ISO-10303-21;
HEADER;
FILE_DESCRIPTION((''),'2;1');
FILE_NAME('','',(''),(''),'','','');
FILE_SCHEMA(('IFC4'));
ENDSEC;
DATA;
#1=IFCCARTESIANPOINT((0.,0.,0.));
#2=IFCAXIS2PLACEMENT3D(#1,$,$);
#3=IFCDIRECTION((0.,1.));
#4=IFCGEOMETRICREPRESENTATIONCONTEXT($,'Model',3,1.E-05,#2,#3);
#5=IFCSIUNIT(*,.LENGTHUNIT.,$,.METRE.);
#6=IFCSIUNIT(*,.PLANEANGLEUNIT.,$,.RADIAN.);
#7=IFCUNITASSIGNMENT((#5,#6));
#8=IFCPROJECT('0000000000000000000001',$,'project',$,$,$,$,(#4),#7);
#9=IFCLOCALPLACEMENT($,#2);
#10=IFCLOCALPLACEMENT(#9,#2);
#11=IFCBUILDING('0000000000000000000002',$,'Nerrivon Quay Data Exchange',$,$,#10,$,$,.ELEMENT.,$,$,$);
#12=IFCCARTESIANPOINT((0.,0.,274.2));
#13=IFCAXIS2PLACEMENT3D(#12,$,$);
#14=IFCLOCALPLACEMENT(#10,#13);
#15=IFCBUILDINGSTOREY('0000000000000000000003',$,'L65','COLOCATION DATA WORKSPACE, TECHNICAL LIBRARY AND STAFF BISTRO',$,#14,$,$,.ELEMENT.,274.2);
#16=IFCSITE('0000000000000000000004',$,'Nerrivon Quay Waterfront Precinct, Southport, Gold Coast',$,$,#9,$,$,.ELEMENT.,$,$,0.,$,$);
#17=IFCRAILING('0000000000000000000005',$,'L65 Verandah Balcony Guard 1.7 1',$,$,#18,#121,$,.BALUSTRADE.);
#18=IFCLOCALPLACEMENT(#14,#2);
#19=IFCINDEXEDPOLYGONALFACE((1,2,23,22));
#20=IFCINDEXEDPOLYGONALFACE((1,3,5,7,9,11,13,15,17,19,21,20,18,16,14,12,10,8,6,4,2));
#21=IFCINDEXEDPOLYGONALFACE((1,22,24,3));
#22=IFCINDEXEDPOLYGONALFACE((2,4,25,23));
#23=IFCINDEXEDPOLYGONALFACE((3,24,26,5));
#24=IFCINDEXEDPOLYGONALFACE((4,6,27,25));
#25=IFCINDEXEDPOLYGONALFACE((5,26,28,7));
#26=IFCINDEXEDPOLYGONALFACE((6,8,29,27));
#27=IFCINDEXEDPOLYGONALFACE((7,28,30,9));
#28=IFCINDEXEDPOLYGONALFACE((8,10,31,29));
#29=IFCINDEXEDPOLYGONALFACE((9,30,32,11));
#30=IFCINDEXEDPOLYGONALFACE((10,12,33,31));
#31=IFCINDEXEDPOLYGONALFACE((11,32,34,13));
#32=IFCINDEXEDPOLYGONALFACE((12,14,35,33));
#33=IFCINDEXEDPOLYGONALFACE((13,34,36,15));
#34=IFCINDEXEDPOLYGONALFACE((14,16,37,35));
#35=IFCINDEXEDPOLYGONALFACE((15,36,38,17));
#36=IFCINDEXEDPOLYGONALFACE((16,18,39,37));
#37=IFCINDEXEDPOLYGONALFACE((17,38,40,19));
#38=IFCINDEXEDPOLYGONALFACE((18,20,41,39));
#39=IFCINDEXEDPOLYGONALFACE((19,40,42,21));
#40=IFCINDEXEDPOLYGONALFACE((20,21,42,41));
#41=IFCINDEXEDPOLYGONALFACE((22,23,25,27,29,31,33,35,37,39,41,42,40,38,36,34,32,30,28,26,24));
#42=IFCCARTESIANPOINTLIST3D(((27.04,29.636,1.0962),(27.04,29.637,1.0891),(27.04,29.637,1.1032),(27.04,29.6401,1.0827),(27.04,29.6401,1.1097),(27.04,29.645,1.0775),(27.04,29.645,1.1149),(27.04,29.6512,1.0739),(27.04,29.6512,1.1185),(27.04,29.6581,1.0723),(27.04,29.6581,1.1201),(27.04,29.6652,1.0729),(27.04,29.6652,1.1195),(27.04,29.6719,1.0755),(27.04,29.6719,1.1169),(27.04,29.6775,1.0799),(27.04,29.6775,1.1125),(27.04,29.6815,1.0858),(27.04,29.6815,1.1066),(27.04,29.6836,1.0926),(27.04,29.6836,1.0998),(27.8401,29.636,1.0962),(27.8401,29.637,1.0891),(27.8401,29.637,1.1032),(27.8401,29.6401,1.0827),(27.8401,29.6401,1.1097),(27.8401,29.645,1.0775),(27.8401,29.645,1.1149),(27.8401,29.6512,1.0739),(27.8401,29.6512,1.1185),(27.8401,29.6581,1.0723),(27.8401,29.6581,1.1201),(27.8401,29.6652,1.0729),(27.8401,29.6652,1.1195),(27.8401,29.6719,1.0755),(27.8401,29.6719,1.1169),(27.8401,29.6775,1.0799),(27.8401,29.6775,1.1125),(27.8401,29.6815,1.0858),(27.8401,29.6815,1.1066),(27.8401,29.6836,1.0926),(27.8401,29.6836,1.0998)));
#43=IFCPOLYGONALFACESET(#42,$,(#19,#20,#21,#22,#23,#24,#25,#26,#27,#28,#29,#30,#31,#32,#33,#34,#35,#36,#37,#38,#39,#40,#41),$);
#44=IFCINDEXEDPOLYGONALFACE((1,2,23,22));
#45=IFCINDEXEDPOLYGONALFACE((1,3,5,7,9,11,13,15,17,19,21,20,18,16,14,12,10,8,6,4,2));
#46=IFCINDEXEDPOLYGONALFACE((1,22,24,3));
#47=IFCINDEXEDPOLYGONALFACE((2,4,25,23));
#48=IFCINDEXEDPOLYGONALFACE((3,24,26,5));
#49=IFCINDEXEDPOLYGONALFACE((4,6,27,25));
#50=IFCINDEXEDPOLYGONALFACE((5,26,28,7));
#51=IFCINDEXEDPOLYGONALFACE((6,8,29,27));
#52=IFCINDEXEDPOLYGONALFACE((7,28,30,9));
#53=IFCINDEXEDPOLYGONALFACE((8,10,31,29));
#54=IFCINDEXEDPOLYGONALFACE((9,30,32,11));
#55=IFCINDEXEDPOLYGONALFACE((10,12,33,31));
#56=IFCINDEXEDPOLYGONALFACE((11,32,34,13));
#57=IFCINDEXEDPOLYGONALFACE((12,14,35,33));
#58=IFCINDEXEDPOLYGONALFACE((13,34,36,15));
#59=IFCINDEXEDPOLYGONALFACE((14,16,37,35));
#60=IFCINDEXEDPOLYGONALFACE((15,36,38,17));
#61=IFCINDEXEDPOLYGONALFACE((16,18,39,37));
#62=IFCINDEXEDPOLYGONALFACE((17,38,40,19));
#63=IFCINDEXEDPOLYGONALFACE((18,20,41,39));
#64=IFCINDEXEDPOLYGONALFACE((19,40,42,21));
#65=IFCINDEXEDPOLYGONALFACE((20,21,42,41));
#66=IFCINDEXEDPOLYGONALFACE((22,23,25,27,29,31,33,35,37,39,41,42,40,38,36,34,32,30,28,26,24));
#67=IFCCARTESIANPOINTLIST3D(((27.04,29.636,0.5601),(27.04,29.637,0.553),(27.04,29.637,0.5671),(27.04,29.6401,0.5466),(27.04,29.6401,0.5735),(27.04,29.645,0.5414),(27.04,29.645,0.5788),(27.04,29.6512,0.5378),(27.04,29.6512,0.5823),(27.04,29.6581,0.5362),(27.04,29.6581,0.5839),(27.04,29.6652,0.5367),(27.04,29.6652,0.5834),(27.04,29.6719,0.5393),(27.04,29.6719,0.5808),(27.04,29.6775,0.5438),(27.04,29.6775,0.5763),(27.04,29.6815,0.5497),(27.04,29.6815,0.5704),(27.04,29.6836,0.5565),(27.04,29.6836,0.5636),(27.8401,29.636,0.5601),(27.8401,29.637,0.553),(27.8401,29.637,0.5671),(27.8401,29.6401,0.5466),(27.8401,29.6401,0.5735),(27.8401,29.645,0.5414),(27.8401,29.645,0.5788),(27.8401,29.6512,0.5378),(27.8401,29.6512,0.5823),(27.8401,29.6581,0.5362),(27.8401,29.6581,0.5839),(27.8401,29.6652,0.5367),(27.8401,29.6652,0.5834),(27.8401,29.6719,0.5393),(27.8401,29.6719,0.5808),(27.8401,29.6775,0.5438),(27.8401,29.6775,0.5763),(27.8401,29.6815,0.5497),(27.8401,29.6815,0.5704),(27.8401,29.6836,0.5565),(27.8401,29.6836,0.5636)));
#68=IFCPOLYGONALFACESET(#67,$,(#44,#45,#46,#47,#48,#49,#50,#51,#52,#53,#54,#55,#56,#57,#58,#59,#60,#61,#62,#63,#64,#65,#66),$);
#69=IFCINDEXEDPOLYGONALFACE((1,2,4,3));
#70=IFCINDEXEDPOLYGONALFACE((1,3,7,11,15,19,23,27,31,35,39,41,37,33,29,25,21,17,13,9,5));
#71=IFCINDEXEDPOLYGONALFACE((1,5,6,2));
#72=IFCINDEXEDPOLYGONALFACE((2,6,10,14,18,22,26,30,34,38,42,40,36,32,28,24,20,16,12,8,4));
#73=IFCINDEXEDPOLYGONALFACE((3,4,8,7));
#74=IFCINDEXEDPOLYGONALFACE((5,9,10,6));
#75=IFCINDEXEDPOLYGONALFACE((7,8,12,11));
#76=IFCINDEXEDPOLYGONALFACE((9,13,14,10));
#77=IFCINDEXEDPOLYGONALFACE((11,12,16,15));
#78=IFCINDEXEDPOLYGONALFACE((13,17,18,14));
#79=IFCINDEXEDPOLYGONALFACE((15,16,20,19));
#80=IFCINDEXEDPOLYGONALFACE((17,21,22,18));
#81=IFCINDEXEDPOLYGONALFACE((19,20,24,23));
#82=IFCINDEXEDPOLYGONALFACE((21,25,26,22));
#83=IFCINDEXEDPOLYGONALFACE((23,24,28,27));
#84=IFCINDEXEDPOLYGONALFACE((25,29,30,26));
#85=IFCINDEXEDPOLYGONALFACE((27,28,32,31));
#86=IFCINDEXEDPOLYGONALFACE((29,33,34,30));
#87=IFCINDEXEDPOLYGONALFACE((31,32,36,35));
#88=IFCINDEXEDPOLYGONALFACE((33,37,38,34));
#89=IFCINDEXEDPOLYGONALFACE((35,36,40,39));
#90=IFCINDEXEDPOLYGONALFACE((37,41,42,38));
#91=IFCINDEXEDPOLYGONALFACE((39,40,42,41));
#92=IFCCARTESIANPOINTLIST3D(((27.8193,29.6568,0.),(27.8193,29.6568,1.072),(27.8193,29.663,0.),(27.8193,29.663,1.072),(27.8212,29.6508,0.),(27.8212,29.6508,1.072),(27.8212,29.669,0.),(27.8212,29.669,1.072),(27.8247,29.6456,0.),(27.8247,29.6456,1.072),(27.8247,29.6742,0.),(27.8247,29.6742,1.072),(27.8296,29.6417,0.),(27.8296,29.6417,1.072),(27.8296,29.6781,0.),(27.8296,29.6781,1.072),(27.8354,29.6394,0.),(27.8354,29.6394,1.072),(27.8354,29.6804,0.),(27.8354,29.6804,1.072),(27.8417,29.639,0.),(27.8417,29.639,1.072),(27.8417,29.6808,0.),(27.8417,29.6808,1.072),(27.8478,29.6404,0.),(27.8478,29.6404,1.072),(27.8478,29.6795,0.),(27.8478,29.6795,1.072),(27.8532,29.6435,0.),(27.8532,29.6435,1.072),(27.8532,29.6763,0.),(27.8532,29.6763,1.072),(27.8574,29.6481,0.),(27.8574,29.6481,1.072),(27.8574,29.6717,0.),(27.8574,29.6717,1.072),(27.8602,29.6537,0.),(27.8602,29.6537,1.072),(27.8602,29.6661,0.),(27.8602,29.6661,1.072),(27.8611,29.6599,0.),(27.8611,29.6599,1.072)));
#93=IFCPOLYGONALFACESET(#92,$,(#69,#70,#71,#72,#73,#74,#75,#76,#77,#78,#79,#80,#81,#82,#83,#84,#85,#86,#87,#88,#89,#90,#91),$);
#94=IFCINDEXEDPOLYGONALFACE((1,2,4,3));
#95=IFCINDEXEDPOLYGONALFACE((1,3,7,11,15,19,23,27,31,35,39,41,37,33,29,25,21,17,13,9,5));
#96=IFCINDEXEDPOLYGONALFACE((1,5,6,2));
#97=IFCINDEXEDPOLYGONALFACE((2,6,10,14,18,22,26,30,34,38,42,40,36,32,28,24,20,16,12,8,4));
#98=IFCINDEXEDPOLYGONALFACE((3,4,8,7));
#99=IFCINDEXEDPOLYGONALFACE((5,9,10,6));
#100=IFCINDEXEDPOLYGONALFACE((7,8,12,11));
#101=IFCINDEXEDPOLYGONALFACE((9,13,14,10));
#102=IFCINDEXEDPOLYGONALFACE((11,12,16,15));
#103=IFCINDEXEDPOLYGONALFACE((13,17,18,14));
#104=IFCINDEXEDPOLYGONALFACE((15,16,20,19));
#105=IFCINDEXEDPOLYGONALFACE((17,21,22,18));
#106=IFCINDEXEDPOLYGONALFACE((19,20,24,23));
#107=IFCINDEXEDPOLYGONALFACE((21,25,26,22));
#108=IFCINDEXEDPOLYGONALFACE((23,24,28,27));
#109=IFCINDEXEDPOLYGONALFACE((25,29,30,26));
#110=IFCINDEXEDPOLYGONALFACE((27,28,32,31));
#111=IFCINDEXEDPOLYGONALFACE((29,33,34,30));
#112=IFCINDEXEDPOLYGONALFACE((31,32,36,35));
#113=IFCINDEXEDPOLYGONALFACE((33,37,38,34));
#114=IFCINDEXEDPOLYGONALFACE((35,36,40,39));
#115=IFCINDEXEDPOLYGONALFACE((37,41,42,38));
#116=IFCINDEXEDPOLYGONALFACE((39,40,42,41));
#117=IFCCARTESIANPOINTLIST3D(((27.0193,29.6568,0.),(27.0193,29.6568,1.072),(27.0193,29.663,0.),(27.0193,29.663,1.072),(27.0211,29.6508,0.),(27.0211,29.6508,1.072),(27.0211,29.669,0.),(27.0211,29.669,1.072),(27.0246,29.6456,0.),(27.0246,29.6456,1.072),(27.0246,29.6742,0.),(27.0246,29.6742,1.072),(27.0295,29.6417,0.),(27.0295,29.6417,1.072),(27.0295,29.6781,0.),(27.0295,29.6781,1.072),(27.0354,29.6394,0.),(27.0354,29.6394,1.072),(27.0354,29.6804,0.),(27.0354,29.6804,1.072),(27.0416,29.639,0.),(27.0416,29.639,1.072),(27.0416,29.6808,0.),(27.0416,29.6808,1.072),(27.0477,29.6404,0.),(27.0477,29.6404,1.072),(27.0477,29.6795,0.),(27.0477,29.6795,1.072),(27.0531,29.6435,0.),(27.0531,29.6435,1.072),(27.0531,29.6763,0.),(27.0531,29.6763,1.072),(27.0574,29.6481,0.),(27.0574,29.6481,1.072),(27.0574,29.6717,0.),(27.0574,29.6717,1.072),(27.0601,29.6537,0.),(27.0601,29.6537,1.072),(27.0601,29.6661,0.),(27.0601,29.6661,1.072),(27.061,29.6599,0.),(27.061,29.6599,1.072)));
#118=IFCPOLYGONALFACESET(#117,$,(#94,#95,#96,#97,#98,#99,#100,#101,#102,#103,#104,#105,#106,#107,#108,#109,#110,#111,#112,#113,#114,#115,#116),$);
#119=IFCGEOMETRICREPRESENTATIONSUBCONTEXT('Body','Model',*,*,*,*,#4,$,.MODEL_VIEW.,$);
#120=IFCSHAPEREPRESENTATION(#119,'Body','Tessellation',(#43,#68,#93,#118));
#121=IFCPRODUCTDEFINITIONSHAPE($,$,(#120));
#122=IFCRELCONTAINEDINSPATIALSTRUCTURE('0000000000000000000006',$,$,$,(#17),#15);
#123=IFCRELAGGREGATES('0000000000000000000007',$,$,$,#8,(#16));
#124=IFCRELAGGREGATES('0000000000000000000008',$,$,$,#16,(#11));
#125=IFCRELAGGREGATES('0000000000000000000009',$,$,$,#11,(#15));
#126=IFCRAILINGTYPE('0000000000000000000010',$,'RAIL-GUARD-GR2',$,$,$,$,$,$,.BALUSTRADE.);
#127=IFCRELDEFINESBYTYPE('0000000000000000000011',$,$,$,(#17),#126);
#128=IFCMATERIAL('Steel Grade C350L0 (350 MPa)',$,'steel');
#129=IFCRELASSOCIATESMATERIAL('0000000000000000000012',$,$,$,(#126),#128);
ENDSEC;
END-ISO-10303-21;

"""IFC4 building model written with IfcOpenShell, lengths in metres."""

from ifc_helpers import new_model, si_unit, direction, frame, origin, origin_2d, place, context, subcontext, project, spatial, circle, extrude, material, type_object, element, save


model = new_model("IFC4")

# Units and contexts
model_context = context("Model", 3, precision=1e-05, world=origin(), true_north=direction((0.0, 1.0)))
body_context = subcontext(model_context, "Body", "Model", "MODEL_VIEW")
ifc_project = project(units=[si_unit("LENGTHUNIT", "METRE"), si_unit("PLANEANGLEUNIT", "RADIAN")], contexts=[model_context])

# Site, building, storey
site_placement = place(None, origin())
site = spatial("IfcSite", under=ifc_project, at=site_placement, Name="Nerrivon Quay Waterfront Precinct, Southport, Gold Coast", CompositionType="ELEMENT", RefElevation=0.0)
building_placement = place(site_placement, origin())
building = spatial("IfcBuilding", under=site, at=building_placement, Name="Nerrivon Quay Data Exchange", CompositionType="ELEMENT")
storey_placement = place(building_placement, frame((0.0, 0.0, 274.2)))
storey = spatial("IfcBuildingStorey", under=building, at=storey_placement, Name="L65", Description="COLOCATION DATA WORKSPACE, TECHNICAL LIBRARY AND STAFF BISTRO", CompositionType="ELEMENT", Elevation=274.2)

# Shared definitions
ifc_material_1 = material(Name="Steel Grade C350L0 (350 MPa)", Category="steel")

# Railing
railing_type = type_object("IfcRailingType", Name="RAIL-GUARD-GR2", PredefinedType="BALUSTRADE", material=ifc_material_1)
railing_1_placement = place(storey_placement, frame((27.8401, 29.6599, 0.0)))
element("IfcRailing", 1, at=railing_1_placement, inside=storey, type_object=railing_type, Name="L65 Verandah Balcony Guard 1.7 1", PredefinedType="BALUSTRADE", context=body_context, shape_type="SweptSolid", body=[
    extrude(circle(Radius=0.0239, at=origin_2d()), frame((0.0, 0.0, 1.0962), z_axis=(-1.0, 0.0, 0.0), x_axis=(0.0, -1.0, 0.0)), (0.0, 0.0, 1.0), 0.8),
    extrude(circle(Radius=0.0239, at=origin_2d()), frame((0.0, 0.0, 0.5601), z_axis=(-1.0, 0.0, 0.0), x_axis=(0.0, -1.0, 0.0)), (0.0, 0.0, 1.0), 0.8),
    extrude(circle(Radius=0.021, at=origin_2d()), origin(), (0.0, 0.0, 1.0), 1.072),
    extrude(circle(Radius=0.021, at=origin_2d()), frame((-0.8, 0.0, 0.0)), (0.0, 0.0, 1.0), 1.072),
])

save(model, "model.ifc")
